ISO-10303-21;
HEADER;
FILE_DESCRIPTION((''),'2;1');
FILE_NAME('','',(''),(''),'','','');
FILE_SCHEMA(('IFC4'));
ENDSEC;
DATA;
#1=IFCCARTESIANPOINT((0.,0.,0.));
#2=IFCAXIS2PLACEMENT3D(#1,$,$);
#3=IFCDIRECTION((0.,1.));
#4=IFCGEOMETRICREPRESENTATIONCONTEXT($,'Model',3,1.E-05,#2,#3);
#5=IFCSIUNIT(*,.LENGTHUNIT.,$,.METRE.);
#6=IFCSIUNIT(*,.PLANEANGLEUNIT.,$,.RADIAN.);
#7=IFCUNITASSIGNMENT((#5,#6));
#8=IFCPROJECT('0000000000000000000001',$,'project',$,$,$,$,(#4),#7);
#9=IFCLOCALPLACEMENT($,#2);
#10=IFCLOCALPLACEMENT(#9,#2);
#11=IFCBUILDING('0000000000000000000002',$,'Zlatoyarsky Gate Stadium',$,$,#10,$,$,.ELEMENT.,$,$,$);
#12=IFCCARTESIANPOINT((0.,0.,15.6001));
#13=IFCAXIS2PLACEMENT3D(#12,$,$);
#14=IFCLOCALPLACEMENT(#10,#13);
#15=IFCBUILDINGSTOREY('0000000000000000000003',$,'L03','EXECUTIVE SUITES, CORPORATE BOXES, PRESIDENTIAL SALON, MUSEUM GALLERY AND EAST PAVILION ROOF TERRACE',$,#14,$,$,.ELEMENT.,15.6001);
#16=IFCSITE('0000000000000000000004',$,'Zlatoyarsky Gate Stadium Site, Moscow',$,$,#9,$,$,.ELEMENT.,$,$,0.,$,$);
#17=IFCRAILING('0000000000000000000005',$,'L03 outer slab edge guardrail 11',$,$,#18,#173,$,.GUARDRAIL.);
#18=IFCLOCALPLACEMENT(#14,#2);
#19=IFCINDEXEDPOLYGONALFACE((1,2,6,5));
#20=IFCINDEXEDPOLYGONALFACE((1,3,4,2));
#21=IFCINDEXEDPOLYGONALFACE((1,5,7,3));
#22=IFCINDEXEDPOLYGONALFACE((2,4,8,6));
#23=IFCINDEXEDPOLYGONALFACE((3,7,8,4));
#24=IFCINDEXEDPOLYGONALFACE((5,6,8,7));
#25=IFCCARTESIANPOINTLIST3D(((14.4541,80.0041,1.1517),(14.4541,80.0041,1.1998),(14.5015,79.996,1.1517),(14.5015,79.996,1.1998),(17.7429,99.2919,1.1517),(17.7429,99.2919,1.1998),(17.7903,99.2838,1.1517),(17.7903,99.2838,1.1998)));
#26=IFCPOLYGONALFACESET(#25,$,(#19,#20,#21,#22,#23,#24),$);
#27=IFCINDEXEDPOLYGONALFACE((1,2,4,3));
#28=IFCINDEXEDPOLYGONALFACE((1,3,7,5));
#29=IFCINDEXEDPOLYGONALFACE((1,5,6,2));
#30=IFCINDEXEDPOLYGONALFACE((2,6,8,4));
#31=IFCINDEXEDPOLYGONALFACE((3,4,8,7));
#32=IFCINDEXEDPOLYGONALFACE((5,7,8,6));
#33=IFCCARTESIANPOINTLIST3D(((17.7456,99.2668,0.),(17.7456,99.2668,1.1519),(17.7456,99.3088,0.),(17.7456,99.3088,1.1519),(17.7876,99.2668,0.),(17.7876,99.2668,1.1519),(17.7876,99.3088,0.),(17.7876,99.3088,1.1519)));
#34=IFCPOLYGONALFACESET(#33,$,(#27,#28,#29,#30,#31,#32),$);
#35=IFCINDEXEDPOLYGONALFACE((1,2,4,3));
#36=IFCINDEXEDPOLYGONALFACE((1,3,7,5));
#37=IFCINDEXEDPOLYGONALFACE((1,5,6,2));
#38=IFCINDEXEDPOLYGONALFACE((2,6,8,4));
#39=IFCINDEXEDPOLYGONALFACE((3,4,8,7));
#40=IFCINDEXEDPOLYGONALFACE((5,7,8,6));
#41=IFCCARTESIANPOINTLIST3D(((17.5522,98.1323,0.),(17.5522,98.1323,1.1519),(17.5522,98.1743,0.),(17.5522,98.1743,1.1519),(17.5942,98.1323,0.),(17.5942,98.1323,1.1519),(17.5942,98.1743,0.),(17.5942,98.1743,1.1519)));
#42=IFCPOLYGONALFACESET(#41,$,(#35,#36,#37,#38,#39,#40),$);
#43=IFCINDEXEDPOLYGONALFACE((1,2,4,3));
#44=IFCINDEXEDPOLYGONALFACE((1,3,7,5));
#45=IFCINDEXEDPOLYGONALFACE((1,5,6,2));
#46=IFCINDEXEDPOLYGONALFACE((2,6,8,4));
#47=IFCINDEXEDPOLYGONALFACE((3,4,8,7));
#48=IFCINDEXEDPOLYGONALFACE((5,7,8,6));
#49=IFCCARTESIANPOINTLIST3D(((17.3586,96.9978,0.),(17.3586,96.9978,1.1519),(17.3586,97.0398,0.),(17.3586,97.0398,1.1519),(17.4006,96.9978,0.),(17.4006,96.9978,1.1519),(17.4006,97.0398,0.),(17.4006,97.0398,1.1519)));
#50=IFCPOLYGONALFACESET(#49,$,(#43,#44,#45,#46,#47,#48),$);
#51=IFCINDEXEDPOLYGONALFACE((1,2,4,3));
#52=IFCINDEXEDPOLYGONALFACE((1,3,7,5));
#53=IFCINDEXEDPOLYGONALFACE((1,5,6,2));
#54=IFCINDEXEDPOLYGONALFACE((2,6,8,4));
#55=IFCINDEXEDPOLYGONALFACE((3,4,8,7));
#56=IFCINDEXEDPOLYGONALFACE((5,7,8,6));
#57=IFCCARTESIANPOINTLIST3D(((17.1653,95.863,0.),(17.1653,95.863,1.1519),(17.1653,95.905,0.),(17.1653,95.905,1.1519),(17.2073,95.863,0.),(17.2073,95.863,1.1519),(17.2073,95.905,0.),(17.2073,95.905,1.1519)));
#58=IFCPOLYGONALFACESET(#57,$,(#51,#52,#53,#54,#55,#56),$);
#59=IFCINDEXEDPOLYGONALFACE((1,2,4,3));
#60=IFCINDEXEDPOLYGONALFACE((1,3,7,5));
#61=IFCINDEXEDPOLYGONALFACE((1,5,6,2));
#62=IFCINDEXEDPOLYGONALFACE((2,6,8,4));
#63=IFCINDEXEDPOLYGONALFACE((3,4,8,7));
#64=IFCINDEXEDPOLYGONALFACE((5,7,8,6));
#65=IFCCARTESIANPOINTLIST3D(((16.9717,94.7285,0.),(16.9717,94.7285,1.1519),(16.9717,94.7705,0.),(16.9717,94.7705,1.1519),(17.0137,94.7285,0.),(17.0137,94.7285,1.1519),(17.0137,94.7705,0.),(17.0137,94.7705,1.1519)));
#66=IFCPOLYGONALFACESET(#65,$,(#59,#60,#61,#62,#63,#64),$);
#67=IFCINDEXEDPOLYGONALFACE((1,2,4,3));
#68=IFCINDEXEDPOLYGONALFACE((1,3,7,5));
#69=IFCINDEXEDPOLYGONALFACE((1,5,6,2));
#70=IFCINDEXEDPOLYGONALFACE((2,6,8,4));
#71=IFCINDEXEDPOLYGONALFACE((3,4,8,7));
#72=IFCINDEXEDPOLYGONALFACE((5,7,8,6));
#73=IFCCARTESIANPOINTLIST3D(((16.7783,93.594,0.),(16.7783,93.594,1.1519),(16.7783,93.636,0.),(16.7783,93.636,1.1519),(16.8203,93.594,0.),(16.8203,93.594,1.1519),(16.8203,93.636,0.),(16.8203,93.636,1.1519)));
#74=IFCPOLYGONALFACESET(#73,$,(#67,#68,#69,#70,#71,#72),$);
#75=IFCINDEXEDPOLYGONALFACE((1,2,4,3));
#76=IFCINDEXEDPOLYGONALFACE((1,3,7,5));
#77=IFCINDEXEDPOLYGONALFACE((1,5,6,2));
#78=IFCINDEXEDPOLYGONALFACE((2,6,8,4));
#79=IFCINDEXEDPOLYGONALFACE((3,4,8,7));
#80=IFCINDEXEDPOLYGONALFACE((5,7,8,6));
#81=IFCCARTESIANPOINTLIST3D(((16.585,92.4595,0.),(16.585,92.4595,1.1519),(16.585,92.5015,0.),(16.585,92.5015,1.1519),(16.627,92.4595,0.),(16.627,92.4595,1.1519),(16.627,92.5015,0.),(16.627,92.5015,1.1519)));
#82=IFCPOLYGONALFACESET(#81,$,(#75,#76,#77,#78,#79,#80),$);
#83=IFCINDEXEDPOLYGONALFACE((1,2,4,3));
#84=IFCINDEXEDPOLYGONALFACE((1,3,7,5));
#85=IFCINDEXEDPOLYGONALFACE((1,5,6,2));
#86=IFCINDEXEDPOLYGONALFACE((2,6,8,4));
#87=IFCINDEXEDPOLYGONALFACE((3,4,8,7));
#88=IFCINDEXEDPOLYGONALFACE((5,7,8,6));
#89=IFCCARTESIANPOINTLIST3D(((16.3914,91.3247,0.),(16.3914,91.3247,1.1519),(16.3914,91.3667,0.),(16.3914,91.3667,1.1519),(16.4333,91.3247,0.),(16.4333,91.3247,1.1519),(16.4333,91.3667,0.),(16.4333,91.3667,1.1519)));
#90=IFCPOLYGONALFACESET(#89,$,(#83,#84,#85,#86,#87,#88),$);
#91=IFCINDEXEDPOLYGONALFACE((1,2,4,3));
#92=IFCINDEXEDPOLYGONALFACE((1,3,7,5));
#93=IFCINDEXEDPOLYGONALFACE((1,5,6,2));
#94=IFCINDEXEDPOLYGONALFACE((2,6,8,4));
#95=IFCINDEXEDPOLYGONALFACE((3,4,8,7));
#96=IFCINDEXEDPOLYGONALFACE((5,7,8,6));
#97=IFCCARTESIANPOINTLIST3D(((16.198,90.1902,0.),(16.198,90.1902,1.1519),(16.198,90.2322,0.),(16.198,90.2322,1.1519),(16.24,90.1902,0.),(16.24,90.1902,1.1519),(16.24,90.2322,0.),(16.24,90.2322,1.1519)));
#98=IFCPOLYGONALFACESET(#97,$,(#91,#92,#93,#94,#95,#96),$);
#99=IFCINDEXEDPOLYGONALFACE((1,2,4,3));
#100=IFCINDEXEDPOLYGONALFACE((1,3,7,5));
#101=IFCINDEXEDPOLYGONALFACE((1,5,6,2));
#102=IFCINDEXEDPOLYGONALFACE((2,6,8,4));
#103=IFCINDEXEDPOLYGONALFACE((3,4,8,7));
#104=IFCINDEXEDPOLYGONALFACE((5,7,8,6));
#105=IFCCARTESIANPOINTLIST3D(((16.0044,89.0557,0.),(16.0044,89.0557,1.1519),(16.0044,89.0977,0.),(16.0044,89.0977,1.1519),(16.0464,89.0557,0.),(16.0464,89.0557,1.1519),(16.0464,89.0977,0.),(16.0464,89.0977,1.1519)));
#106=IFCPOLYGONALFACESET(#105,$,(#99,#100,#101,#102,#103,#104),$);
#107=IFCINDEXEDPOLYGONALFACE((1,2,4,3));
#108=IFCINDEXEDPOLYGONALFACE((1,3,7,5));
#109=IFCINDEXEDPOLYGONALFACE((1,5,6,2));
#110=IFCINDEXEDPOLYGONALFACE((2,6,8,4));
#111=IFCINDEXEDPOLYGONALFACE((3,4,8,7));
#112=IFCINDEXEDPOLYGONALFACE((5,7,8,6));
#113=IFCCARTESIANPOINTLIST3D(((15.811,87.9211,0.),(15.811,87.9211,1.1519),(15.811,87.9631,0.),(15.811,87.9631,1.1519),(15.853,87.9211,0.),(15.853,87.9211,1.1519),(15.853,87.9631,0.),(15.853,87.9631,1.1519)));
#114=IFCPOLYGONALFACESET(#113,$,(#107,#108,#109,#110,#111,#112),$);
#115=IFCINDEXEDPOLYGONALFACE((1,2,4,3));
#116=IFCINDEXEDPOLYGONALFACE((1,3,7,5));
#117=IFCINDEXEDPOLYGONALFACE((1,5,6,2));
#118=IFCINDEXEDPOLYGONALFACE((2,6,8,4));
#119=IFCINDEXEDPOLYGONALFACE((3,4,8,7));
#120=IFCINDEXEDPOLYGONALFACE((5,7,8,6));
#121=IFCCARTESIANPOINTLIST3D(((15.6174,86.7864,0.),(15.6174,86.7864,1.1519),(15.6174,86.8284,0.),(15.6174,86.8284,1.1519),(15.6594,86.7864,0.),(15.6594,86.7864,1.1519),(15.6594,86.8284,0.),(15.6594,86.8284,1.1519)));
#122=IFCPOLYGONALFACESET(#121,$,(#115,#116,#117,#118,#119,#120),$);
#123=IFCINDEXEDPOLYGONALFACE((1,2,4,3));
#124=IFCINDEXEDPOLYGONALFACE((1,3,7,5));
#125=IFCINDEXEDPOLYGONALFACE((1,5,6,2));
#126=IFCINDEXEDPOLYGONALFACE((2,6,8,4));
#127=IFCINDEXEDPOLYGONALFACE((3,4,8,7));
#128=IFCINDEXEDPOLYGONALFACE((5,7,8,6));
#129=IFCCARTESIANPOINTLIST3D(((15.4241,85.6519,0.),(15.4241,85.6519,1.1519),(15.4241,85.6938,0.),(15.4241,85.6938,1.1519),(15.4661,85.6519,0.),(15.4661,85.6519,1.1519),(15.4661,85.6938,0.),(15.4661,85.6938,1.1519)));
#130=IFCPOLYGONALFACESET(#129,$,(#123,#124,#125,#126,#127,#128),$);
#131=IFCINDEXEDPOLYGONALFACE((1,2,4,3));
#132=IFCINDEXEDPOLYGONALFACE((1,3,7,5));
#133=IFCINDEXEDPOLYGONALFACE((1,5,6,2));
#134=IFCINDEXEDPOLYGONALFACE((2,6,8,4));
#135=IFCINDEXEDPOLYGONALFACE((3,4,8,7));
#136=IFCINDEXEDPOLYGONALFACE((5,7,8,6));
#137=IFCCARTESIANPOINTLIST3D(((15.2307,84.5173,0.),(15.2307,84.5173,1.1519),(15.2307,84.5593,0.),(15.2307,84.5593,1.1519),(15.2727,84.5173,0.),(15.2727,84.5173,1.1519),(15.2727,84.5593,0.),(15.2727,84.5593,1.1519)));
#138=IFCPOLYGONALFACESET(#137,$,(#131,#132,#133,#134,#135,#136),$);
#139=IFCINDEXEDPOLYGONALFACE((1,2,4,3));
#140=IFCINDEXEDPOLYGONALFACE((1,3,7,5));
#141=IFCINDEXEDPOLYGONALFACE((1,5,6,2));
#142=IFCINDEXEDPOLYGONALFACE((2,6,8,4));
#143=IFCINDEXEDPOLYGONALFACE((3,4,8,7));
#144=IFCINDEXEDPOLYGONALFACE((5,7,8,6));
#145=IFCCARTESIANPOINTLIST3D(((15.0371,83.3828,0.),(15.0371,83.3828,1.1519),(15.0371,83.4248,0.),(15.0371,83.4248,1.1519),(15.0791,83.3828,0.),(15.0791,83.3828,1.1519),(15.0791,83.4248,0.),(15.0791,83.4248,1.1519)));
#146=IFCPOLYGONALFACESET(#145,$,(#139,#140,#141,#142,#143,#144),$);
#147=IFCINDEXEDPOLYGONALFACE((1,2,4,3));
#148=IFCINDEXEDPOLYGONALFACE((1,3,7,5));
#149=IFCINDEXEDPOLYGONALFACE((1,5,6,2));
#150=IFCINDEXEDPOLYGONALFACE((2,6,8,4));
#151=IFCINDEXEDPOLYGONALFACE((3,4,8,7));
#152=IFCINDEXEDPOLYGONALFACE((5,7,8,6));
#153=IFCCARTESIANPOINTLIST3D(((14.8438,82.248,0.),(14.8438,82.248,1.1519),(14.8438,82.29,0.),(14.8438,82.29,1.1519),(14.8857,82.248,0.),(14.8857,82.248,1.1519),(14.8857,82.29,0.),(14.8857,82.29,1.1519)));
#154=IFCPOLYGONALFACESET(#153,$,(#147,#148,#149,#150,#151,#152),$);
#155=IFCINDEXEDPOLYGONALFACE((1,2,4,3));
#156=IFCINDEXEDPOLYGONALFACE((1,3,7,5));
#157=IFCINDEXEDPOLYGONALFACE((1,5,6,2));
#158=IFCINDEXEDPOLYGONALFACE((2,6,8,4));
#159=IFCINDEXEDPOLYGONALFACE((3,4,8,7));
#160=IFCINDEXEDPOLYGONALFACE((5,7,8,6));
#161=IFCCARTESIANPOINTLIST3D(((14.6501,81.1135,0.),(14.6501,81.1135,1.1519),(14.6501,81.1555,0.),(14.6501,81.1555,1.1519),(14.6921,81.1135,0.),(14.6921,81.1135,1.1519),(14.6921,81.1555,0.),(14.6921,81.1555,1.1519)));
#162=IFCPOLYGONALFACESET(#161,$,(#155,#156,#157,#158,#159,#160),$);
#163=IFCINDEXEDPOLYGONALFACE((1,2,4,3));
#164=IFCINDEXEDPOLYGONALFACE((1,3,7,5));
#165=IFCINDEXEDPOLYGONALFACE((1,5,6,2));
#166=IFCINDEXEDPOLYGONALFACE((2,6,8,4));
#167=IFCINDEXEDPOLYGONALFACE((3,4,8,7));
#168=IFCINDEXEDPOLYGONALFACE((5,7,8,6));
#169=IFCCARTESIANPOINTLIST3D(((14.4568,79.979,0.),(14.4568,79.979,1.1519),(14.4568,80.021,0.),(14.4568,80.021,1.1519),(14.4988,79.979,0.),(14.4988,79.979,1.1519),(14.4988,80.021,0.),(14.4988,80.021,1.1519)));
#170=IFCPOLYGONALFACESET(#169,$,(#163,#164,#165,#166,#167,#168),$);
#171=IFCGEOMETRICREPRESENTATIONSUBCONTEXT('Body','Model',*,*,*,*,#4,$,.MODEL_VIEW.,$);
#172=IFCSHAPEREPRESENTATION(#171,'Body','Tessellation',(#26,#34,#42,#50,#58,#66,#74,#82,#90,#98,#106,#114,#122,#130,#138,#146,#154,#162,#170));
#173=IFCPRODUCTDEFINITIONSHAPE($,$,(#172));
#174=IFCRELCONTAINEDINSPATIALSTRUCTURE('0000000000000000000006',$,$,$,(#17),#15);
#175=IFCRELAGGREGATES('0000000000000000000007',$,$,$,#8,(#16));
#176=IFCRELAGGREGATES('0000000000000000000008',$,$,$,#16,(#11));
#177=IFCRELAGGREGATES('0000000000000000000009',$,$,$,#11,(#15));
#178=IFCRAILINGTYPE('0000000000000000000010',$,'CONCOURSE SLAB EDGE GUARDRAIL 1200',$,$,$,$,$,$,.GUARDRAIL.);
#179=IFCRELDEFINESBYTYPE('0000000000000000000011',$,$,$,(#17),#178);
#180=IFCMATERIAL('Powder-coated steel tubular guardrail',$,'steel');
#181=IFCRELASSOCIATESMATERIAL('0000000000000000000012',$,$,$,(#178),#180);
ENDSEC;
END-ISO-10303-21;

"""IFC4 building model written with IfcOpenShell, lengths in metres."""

from ifc_helpers import new_model, si_unit, direction, frame, origin, origin_2d, place, context, subcontext, project, spatial, rectangle, extrude, material, type_object, element, save


model = new_model("IFC4")

# Units and contexts
model_context = context("Model", 3, precision=1e-05, world=origin(), true_north=direction((0.0, 1.0)))
body_context = subcontext(model_context, "Body", "Model", "MODEL_VIEW")
ifc_project = project(units=[si_unit("LENGTHUNIT", "METRE"), si_unit("PLANEANGLEUNIT", "RADIAN")], contexts=[model_context])

# Site, building, storey
site_placement = place(None, origin())
site = spatial("IfcSite", under=ifc_project, at=site_placement, Name="Zlatoyarsky Gate Stadium Site, Moscow", CompositionType="ELEMENT", RefElevation=0.0)
building_placement = place(site_placement, origin())
building = spatial("IfcBuilding", under=site, at=building_placement, Name="Zlatoyarsky Gate Stadium", CompositionType="ELEMENT")
storey_placement = place(building_placement, frame((0.0, 0.0, 15.6001)))
storey = spatial("IfcBuildingStorey", under=building, at=storey_placement, Name="L03", Description="EXECUTIVE SUITES, CORPORATE BOXES, PRESIDENTIAL SALON, MUSEUM GALLERY AND EAST PAVILION ROOF TERRACE", CompositionType="ELEMENT", Elevation=15.6001)

# Railing
ifc_material_1 = material(Name="Powder-coated steel tubular guardrail", Category="steel")
railing_type = type_object("IfcRailingType", Name="CONCOURSE SLAB EDGE GUARDRAIL 1200", PredefinedType="GUARDRAIL", material=ifc_material_1)
railing_placement = place(storey_placement, frame((17.7666, 99.2878, 0.0)))
element("IfcRailing", 1, at=railing_placement, inside=storey, type_object=railing_type, Name="L03 outer slab edge guardrail 11", PredefinedType="GUARDRAIL", context=body_context, shape_type="SweptSolid", body=[
    extrude(rectangle(XDim=0.0481, YDim=0.0481, at=origin_2d()), frame((0.0, 0.0, 1.1758), z_axis=(-0.168087, -0.985772, 0.0), x_axis=(0.985772, -0.168087, 0.0)), (0.0, 0.0, 1.0), 19.5662),
    extrude(rectangle(XDim=0.042, YDim=0.042, at=origin_2d()), origin(), (0.0, 0.0, 1.0), 1.1519),
    extrude(rectangle(XDim=0.042, YDim=0.042, at=origin_2d()), frame((-0.1934, -1.1345, 0.0)), (0.0, 0.0, 1.0), 1.1519),
    extrude(rectangle(XDim=0.042, YDim=0.042, at=origin_2d()), frame((-0.387, -2.269, 0.0)), (0.0, 0.0, 1.0), 1.1519),
    extrude(rectangle(XDim=0.042, YDim=0.042, at=origin_2d()), frame((-0.5803, -3.4038, 0.0)), (0.0, 0.0, 1.0), 1.1519),
    extrude(rectangle(XDim=0.042, YDim=0.042, at=origin_2d()), frame((-0.7739, -4.5383, 0.0)), (0.0, 0.0, 1.0), 1.1519),
    extrude(rectangle(XDim=0.042, YDim=0.042, at=origin_2d()), frame((-0.9673, -5.6729, 0.0)), (0.0, 0.0, 1.0), 1.1519),
    extrude(rectangle(XDim=0.042, YDim=0.042, at=origin_2d()), frame((-1.1606, -6.8074, 0.0)), (0.0, 0.0, 1.0), 1.1519),
    extrude(rectangle(XDim=0.042, YDim=0.042, at=origin_2d()), frame((-1.3542, -7.9421, 0.0)), (0.0, 0.0, 1.0), 1.1519),
    extrude(rectangle(XDim=0.042, YDim=0.042, at=origin_2d()), frame((-1.5476, -9.0767, 0.0)), (0.0, 0.0, 1.0), 1.1519),
    extrude(rectangle(XDim=0.042, YDim=0.042, at=origin_2d()), frame((-1.7412, -10.2112, 0.0)), (0.0, 0.0, 1.0), 1.1519),
    extrude(rectangle(XDim=0.042, YDim=0.042, at=origin_2d()), frame((-1.9346, -11.3457, 0.0)), (0.0, 0.0, 1.0), 1.1519),
    extrude(rectangle(XDim=0.042, YDim=0.042, at=origin_2d()), frame((-2.1282, -12.4805, 0.0)), (0.0, 0.0, 1.0), 1.1519),
    extrude(rectangle(XDim=0.042, YDim=0.042, at=origin_2d()), frame((-2.3215, -13.615, 0.0)), (0.0, 0.0, 1.0), 1.1519),
    extrude(rectangle(XDim=0.042, YDim=0.042, at=origin_2d()), frame((-2.5149, -14.7495, 0.0)), (0.0, 0.0, 1.0), 1.1519),
    extrude(rectangle(XDim=0.042, YDim=0.042, at=origin_2d()), frame((-2.7085, -15.884, 0.0)), (0.0, 0.0, 1.0), 1.1519),
    extrude(rectangle(XDim=0.042, YDim=0.042, at=origin_2d()), frame((-2.9019, -17.0188, 0.0)), (0.0, 0.0, 1.0), 1.1519),
    extrude(rectangle(XDim=0.042, YDim=0.042, at=origin_2d()), frame((-3.0955, -18.1533, 0.0)), (0.0, 0.0, 1.0), 1.1519),
    extrude(rectangle(XDim=0.042, YDim=0.042, at=origin_2d()), frame((-3.2888, -19.2878, 0.0)), (0.0, 0.0, 1.0), 1.1519),
])

save(model, "model.ifc")
